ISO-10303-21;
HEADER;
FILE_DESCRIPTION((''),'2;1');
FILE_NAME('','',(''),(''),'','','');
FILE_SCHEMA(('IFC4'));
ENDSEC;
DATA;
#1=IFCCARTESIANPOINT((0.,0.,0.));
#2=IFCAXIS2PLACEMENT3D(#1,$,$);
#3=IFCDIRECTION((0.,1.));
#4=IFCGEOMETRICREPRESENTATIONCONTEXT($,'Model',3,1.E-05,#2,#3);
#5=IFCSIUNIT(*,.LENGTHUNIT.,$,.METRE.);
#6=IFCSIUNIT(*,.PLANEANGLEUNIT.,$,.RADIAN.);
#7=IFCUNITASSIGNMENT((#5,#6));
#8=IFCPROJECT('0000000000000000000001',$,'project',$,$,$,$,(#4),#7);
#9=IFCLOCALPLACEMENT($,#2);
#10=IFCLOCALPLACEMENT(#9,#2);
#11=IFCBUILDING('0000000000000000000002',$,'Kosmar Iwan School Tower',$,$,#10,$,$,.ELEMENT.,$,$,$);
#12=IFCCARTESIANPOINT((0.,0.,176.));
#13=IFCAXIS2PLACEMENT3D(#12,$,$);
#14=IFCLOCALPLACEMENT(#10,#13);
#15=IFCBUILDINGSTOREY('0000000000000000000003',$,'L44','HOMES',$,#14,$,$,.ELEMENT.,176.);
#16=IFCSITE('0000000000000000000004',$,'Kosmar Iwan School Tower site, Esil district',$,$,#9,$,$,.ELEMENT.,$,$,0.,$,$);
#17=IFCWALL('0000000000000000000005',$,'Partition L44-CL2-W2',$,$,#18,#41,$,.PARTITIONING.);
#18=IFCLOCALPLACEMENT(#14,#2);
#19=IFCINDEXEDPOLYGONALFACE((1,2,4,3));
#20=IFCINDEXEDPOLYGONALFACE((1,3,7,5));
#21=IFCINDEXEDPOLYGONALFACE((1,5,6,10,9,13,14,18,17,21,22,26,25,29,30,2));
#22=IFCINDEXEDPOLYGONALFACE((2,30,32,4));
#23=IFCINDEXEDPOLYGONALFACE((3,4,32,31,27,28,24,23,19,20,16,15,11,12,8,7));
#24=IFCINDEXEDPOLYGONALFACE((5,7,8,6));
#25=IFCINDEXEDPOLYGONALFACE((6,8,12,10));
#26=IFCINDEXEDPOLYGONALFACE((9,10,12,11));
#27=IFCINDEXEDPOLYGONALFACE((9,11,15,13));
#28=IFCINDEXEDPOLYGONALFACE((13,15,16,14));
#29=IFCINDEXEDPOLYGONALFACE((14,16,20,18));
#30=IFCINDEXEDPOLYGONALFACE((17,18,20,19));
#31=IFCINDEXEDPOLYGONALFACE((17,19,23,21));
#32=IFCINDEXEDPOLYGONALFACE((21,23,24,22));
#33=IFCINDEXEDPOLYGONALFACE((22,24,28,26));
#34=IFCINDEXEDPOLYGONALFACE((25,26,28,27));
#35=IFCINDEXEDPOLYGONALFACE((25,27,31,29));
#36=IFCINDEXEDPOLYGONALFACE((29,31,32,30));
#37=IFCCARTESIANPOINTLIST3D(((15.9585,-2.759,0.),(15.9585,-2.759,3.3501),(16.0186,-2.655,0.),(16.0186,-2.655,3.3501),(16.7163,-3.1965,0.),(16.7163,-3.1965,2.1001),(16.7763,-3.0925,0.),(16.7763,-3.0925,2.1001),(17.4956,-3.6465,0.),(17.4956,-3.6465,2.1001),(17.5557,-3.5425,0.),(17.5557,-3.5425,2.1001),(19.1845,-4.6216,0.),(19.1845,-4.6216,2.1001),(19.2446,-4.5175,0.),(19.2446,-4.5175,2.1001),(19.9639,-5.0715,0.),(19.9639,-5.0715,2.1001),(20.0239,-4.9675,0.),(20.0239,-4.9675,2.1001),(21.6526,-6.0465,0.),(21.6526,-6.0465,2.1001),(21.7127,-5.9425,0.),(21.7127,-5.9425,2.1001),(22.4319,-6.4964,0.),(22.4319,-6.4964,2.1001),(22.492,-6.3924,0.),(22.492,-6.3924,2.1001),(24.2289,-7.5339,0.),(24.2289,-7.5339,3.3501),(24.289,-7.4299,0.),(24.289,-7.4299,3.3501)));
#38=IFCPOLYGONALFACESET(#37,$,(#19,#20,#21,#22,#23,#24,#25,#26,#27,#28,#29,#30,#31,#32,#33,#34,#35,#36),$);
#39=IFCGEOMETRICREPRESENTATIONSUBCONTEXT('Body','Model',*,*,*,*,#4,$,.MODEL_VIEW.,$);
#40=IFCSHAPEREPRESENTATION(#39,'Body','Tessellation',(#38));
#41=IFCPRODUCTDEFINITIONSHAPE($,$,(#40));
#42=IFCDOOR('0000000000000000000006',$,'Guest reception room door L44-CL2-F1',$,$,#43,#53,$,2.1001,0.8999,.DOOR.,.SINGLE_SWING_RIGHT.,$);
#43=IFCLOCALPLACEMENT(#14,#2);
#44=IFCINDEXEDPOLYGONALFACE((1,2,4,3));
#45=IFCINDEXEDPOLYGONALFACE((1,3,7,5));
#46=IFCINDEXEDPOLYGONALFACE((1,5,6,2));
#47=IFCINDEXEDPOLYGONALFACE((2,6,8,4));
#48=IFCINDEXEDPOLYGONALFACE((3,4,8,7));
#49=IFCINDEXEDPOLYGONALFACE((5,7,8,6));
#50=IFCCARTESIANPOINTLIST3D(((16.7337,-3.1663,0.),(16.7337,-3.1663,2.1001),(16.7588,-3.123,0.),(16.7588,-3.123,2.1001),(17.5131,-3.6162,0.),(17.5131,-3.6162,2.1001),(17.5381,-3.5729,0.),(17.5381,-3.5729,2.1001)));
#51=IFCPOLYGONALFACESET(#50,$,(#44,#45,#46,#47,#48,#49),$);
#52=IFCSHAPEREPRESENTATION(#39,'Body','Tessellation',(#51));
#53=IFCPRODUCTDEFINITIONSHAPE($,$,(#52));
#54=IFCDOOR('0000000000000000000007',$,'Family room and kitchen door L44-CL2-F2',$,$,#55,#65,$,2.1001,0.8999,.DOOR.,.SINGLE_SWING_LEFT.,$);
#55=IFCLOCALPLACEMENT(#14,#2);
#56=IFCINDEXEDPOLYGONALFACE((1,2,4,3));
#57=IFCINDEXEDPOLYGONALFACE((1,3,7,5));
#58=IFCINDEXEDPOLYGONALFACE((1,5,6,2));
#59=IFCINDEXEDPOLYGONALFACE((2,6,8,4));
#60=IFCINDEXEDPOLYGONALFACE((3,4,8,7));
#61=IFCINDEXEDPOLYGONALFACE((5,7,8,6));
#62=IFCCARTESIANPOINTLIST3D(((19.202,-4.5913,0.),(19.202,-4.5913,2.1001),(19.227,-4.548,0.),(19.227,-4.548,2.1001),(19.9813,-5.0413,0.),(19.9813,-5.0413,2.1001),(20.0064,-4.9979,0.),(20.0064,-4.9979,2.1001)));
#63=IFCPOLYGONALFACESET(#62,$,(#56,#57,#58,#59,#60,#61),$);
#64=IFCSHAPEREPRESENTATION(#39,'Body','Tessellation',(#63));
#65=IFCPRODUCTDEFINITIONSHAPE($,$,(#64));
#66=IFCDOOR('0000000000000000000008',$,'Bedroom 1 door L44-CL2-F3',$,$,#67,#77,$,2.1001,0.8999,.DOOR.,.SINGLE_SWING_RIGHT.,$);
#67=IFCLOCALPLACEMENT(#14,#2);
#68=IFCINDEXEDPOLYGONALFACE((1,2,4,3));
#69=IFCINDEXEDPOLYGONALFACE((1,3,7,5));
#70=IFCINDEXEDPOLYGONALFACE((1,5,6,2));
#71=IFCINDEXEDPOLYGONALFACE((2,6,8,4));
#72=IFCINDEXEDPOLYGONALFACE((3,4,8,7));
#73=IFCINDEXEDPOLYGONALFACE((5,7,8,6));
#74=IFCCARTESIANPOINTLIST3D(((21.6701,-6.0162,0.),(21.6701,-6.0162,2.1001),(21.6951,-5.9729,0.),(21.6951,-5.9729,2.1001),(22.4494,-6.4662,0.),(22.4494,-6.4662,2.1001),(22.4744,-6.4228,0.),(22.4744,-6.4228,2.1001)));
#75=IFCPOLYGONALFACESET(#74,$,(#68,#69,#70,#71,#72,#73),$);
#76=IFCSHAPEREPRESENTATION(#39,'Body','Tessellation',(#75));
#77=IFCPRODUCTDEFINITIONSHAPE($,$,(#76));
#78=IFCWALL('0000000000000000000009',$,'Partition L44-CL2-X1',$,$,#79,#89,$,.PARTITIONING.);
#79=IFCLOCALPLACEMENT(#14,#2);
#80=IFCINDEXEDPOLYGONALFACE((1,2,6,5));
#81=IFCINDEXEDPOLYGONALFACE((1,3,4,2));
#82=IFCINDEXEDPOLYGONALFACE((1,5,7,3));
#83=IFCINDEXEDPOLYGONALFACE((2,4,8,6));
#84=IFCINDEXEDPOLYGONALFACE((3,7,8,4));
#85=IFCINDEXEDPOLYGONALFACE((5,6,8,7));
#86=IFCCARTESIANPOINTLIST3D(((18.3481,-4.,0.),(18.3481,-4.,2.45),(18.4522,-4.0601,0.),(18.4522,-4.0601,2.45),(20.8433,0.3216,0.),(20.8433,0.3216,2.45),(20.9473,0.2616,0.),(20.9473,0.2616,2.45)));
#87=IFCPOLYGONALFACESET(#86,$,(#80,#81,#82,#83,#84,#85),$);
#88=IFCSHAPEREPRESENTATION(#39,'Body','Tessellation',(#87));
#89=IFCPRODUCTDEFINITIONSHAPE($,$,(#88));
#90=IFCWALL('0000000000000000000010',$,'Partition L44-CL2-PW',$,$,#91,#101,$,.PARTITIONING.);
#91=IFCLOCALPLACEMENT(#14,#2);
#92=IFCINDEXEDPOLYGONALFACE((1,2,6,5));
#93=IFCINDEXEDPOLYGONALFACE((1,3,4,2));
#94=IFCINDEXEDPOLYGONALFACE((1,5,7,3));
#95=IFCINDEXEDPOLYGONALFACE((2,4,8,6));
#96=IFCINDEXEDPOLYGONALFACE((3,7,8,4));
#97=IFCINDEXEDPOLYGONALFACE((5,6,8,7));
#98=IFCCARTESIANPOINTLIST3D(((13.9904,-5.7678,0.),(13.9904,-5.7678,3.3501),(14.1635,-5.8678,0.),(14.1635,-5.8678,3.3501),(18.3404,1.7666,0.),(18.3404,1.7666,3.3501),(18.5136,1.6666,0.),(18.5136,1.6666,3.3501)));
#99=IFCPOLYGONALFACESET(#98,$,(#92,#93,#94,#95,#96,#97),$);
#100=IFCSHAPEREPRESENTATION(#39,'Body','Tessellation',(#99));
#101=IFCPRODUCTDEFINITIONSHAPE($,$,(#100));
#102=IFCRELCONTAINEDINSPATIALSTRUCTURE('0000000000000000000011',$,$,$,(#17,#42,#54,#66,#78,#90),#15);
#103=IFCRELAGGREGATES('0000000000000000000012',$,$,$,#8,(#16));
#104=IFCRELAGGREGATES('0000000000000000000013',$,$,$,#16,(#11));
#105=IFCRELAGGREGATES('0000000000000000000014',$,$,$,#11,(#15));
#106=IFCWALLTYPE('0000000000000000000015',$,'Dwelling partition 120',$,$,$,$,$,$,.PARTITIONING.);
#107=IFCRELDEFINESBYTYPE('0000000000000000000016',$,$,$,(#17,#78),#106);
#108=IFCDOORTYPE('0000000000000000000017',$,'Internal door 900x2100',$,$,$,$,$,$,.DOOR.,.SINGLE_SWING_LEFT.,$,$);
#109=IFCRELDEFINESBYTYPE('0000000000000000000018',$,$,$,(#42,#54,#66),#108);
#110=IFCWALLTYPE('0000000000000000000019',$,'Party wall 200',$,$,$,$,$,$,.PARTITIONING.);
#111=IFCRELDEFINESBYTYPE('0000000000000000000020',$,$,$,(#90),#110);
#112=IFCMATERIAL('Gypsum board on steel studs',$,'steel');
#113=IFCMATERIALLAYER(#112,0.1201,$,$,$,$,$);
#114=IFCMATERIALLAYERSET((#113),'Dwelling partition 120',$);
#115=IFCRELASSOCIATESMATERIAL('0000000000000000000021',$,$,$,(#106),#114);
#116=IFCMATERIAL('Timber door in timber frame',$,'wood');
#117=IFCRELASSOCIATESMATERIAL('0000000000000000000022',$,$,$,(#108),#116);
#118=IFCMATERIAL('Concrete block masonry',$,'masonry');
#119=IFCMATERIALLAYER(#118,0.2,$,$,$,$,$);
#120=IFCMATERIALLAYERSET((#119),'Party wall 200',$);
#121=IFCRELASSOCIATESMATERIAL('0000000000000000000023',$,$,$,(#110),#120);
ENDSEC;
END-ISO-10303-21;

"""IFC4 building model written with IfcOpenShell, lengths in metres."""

from ifc_helpers import new_model, si_unit, direction, frame, frame_2d, origin, place, context, subcontext, project, spatial, rectangle, extrude, material, layer, layer_set, type_object, element, fill, save


model = new_model("IFC4")

# Units and contexts
model_context = context("Model", 3, precision=1e-05, world=origin(), true_north=direction((0.0, 1.0)))
body_context = subcontext(model_context, "Body", "Model", "MODEL_VIEW")
ifc_project = project(units=[si_unit("LENGTHUNIT", "METRE"), si_unit("PLANEANGLEUNIT", "RADIAN")], contexts=[model_context])

# Site, building, storey
site_placement = place(None, origin())
site = spatial("IfcSite", under=ifc_project, at=site_placement, Name="Kosmar Iwan School Tower site, Esil district", CompositionType="ELEMENT", RefElevation=0.0)
building_placement = place(site_placement, origin())
building = spatial("IfcBuilding", under=site, at=building_placement, Name="Kosmar Iwan School Tower", CompositionType="ELEMENT")
storey_placement = place(building_placement, frame((0.0, 0.0, 176.0)))
storey = spatial("IfcBuildingStorey", under=building, at=storey_placement, Name="L44", Description="HOMES", CompositionType="ELEMENT", Elevation=176.0)

# Shared definitions
ifc_material_1 = material(Name="Gypsum board on steel studs", Category="steel")
ifc_layer_1 = layer(ifc_material_1, 0.1201)
ifc_layer_set_1 = layer_set([ifc_layer_1], Name="Dwelling partition 120")
wall_type_1 = type_object("IfcWallType", Name="Dwelling partition 120", PredefinedType="PARTITIONING", material=ifc_layer_set_1)
ifc_material_2 = material(Name="Timber door in timber frame", Category="wood")
door_type_1 = type_object("IfcDoorType", Name="Internal door 900x2100", OperationType="SINGLE_SWING_LEFT", PredefinedType="DOOR", material=ifc_material_2)

# Wall, openings, doors
wall_1_placement = place(storey_placement, frame((15.9885, -2.707, 0.0), z_axis=(0.0, 0.0, 1.0), x_axis=(0.866029, -0.499994, 0.0)))
wall_1 = element("IfcWall", 1, at=wall_1_placement, inside=storey, type_object=wall_type_1, Name="Partition L44-CL2-W2", PredefinedType="PARTITIONING", context=body_context, shape_type="SweptSolid", body=[
    extrude(rectangle(XDim=9.5498, YDim=0.1201, at=frame_2d((4.7749, 0.0))), origin(), (0.0, 0.0, 1.0), 3.3501),
])
opening_1_placement = place(wall_1_placement, frame((0.875, 0.0, 0.0)))
opening_1 = element("IfcOpeningElement", 2, at=opening_1_placement, cuts=wall_1, PredefinedType="OPENING", context=body_context, shape_type="SweptSolid", body=[
    extrude(rectangle(XDim=0.8999, YDim=2.1001, at=frame_2d((0.45, 1.05))), frame((0.0, 0.072, 0.0), z_axis=(0.0, -1.0, 0.0), x_axis=(1.0, 0.0, 0.0)), (0.0, 0.0, 1.0), 0.144),
])
opening_2_placement = place(wall_1_placement, frame((3.7251, 0.0, 0.0)))
opening_2 = element("IfcOpeningElement", 3, at=opening_2_placement, cuts=wall_1, PredefinedType="OPENING", context=body_context, shape_type="SweptSolid", body=[
    extrude(rectangle(XDim=0.8999, YDim=2.1001, at=frame_2d((0.45, 1.05))), frame((0.0, 0.072, 0.0), z_axis=(0.0, -1.0, 0.0), x_axis=(1.0, 0.0, 0.0)), (0.0, 0.0, 1.0), 0.144),
])
opening_3_placement = place(wall_1_placement, frame((6.575, 0.0, 0.0)))
opening_3 = element("IfcOpeningElement", 4, at=opening_3_placement, cuts=wall_1, PredefinedType="OPENING", context=body_context, shape_type="SweptSolid", body=[
    extrude(rectangle(XDim=0.8999, YDim=2.1001, at=frame_2d((0.45, 1.05))), frame((0.0, 0.072, 0.0), z_axis=(0.0, -1.0, 0.0), x_axis=(1.0, 0.0, 0.0)), (0.0, 0.0, 1.0), 0.144),
])
door_1_placement = place(opening_1_placement, origin())
door_1 = element("IfcDoor", 5, at=door_1_placement, inside=storey, type_object=door_type_1, Name="Guest reception room door L44-CL2-F1", OperationType="SINGLE_SWING_RIGHT", OverallHeight=2.1001, OverallWidth=0.8999, PredefinedType="DOOR", context=body_context, shape_type="SweptSolid", body=[
    extrude(rectangle(XDim=0.8999, YDim=2.1001, at=frame_2d((0.45, 1.05))), frame((0.0, 0.0249, 0.0), z_axis=(0.0, -1.0, 0.0), x_axis=(1.0, 0.0, 0.0)), (0.0, 0.0, 1.0), 0.05),
])
fill(opening_1, door_1)
door_2_placement = place(opening_2_placement, origin())
door_2 = element("IfcDoor", 6, at=door_2_placement, inside=storey, type_object=door_type_1, Name="Family room and kitchen door L44-CL2-F2", OperationType="SINGLE_SWING_LEFT", OverallHeight=2.1001, OverallWidth=0.8999, PredefinedType="DOOR", context=body_context, shape_type="SweptSolid", body=[
    extrude(rectangle(XDim=0.8999, YDim=2.1001, at=frame_2d((0.45, 1.05))), frame((0.0, 0.0249, 0.0), z_axis=(0.0, -1.0, 0.0), x_axis=(1.0, 0.0, 0.0)), (0.0, 0.0, 1.0), 0.05),
])
fill(opening_2, door_2)
door_3_placement = place(opening_3_placement, origin())
door_3 = element("IfcDoor", 7, at=door_3_placement, inside=storey, type_object=door_type_1, Name="Bedroom 1 door L44-CL2-F3", OperationType="SINGLE_SWING_RIGHT", OverallHeight=2.1001, OverallWidth=0.8999, PredefinedType="DOOR", context=body_context, shape_type="SweptSolid", body=[
    extrude(rectangle(XDim=0.8999, YDim=2.1001, at=frame_2d((0.45, 1.05))), frame((0.0, 0.0249, 0.0), z_axis=(0.0, -1.0, 0.0), x_axis=(1.0, 0.0, 0.0)), (0.0, 0.0, 1.0), 0.05),
])
fill(opening_3, door_3)

# Walls
wall_2_placement = place(storey_placement, frame((18.4001, -4.03, 0.0), z_axis=(0.0, 0.0, 1.0), x_axis=(0.500012, 0.866019, 0.0)))
element("IfcWall", 8, at=wall_2_placement, inside=storey, type_object=wall_type_1, Name="Partition L44-CL2-X1", PredefinedType="PARTITIONING", context=body_context, shape_type="SweptSolid", body=[
    extrude(rectangle(XDim=4.9902, YDim=0.1201, at=frame_2d((2.4951, 0.0))), origin(), (0.0, 0.0, 1.0), 2.45),
])
ifc_material_3 = material(Name="Concrete block masonry", Category="masonry")
ifc_layer_2 = layer(ifc_material_3, 0.2)
ifc_layer_set_2 = layer_set([ifc_layer_2], Name="Party wall 200")
wall_type_2 = type_object("IfcWallType", Name="Party wall 200", PredefinedType="PARTITIONING", material=ifc_layer_set_2)
wall_3_placement = place(storey_placement, frame((14.0769, -5.8179, 0.0), z_axis=(0.0, 0.0, 1.0), x_axis=(0.500008, 0.866021, 0.0)))
element("IfcWall", 9, at=wall_3_placement, inside=storey, type_object=wall_type_2, Name="Partition L44-CL2-PW", PredefinedType="PARTITIONING", context=body_context, shape_type="SweptSolid", body=[
    extrude(rectangle(XDim=8.7, YDim=0.2, at=frame_2d((4.3501, 0.0))), origin(), (0.0, 0.0, 1.0), 3.3501),
])

save(model, "model.ifc")
